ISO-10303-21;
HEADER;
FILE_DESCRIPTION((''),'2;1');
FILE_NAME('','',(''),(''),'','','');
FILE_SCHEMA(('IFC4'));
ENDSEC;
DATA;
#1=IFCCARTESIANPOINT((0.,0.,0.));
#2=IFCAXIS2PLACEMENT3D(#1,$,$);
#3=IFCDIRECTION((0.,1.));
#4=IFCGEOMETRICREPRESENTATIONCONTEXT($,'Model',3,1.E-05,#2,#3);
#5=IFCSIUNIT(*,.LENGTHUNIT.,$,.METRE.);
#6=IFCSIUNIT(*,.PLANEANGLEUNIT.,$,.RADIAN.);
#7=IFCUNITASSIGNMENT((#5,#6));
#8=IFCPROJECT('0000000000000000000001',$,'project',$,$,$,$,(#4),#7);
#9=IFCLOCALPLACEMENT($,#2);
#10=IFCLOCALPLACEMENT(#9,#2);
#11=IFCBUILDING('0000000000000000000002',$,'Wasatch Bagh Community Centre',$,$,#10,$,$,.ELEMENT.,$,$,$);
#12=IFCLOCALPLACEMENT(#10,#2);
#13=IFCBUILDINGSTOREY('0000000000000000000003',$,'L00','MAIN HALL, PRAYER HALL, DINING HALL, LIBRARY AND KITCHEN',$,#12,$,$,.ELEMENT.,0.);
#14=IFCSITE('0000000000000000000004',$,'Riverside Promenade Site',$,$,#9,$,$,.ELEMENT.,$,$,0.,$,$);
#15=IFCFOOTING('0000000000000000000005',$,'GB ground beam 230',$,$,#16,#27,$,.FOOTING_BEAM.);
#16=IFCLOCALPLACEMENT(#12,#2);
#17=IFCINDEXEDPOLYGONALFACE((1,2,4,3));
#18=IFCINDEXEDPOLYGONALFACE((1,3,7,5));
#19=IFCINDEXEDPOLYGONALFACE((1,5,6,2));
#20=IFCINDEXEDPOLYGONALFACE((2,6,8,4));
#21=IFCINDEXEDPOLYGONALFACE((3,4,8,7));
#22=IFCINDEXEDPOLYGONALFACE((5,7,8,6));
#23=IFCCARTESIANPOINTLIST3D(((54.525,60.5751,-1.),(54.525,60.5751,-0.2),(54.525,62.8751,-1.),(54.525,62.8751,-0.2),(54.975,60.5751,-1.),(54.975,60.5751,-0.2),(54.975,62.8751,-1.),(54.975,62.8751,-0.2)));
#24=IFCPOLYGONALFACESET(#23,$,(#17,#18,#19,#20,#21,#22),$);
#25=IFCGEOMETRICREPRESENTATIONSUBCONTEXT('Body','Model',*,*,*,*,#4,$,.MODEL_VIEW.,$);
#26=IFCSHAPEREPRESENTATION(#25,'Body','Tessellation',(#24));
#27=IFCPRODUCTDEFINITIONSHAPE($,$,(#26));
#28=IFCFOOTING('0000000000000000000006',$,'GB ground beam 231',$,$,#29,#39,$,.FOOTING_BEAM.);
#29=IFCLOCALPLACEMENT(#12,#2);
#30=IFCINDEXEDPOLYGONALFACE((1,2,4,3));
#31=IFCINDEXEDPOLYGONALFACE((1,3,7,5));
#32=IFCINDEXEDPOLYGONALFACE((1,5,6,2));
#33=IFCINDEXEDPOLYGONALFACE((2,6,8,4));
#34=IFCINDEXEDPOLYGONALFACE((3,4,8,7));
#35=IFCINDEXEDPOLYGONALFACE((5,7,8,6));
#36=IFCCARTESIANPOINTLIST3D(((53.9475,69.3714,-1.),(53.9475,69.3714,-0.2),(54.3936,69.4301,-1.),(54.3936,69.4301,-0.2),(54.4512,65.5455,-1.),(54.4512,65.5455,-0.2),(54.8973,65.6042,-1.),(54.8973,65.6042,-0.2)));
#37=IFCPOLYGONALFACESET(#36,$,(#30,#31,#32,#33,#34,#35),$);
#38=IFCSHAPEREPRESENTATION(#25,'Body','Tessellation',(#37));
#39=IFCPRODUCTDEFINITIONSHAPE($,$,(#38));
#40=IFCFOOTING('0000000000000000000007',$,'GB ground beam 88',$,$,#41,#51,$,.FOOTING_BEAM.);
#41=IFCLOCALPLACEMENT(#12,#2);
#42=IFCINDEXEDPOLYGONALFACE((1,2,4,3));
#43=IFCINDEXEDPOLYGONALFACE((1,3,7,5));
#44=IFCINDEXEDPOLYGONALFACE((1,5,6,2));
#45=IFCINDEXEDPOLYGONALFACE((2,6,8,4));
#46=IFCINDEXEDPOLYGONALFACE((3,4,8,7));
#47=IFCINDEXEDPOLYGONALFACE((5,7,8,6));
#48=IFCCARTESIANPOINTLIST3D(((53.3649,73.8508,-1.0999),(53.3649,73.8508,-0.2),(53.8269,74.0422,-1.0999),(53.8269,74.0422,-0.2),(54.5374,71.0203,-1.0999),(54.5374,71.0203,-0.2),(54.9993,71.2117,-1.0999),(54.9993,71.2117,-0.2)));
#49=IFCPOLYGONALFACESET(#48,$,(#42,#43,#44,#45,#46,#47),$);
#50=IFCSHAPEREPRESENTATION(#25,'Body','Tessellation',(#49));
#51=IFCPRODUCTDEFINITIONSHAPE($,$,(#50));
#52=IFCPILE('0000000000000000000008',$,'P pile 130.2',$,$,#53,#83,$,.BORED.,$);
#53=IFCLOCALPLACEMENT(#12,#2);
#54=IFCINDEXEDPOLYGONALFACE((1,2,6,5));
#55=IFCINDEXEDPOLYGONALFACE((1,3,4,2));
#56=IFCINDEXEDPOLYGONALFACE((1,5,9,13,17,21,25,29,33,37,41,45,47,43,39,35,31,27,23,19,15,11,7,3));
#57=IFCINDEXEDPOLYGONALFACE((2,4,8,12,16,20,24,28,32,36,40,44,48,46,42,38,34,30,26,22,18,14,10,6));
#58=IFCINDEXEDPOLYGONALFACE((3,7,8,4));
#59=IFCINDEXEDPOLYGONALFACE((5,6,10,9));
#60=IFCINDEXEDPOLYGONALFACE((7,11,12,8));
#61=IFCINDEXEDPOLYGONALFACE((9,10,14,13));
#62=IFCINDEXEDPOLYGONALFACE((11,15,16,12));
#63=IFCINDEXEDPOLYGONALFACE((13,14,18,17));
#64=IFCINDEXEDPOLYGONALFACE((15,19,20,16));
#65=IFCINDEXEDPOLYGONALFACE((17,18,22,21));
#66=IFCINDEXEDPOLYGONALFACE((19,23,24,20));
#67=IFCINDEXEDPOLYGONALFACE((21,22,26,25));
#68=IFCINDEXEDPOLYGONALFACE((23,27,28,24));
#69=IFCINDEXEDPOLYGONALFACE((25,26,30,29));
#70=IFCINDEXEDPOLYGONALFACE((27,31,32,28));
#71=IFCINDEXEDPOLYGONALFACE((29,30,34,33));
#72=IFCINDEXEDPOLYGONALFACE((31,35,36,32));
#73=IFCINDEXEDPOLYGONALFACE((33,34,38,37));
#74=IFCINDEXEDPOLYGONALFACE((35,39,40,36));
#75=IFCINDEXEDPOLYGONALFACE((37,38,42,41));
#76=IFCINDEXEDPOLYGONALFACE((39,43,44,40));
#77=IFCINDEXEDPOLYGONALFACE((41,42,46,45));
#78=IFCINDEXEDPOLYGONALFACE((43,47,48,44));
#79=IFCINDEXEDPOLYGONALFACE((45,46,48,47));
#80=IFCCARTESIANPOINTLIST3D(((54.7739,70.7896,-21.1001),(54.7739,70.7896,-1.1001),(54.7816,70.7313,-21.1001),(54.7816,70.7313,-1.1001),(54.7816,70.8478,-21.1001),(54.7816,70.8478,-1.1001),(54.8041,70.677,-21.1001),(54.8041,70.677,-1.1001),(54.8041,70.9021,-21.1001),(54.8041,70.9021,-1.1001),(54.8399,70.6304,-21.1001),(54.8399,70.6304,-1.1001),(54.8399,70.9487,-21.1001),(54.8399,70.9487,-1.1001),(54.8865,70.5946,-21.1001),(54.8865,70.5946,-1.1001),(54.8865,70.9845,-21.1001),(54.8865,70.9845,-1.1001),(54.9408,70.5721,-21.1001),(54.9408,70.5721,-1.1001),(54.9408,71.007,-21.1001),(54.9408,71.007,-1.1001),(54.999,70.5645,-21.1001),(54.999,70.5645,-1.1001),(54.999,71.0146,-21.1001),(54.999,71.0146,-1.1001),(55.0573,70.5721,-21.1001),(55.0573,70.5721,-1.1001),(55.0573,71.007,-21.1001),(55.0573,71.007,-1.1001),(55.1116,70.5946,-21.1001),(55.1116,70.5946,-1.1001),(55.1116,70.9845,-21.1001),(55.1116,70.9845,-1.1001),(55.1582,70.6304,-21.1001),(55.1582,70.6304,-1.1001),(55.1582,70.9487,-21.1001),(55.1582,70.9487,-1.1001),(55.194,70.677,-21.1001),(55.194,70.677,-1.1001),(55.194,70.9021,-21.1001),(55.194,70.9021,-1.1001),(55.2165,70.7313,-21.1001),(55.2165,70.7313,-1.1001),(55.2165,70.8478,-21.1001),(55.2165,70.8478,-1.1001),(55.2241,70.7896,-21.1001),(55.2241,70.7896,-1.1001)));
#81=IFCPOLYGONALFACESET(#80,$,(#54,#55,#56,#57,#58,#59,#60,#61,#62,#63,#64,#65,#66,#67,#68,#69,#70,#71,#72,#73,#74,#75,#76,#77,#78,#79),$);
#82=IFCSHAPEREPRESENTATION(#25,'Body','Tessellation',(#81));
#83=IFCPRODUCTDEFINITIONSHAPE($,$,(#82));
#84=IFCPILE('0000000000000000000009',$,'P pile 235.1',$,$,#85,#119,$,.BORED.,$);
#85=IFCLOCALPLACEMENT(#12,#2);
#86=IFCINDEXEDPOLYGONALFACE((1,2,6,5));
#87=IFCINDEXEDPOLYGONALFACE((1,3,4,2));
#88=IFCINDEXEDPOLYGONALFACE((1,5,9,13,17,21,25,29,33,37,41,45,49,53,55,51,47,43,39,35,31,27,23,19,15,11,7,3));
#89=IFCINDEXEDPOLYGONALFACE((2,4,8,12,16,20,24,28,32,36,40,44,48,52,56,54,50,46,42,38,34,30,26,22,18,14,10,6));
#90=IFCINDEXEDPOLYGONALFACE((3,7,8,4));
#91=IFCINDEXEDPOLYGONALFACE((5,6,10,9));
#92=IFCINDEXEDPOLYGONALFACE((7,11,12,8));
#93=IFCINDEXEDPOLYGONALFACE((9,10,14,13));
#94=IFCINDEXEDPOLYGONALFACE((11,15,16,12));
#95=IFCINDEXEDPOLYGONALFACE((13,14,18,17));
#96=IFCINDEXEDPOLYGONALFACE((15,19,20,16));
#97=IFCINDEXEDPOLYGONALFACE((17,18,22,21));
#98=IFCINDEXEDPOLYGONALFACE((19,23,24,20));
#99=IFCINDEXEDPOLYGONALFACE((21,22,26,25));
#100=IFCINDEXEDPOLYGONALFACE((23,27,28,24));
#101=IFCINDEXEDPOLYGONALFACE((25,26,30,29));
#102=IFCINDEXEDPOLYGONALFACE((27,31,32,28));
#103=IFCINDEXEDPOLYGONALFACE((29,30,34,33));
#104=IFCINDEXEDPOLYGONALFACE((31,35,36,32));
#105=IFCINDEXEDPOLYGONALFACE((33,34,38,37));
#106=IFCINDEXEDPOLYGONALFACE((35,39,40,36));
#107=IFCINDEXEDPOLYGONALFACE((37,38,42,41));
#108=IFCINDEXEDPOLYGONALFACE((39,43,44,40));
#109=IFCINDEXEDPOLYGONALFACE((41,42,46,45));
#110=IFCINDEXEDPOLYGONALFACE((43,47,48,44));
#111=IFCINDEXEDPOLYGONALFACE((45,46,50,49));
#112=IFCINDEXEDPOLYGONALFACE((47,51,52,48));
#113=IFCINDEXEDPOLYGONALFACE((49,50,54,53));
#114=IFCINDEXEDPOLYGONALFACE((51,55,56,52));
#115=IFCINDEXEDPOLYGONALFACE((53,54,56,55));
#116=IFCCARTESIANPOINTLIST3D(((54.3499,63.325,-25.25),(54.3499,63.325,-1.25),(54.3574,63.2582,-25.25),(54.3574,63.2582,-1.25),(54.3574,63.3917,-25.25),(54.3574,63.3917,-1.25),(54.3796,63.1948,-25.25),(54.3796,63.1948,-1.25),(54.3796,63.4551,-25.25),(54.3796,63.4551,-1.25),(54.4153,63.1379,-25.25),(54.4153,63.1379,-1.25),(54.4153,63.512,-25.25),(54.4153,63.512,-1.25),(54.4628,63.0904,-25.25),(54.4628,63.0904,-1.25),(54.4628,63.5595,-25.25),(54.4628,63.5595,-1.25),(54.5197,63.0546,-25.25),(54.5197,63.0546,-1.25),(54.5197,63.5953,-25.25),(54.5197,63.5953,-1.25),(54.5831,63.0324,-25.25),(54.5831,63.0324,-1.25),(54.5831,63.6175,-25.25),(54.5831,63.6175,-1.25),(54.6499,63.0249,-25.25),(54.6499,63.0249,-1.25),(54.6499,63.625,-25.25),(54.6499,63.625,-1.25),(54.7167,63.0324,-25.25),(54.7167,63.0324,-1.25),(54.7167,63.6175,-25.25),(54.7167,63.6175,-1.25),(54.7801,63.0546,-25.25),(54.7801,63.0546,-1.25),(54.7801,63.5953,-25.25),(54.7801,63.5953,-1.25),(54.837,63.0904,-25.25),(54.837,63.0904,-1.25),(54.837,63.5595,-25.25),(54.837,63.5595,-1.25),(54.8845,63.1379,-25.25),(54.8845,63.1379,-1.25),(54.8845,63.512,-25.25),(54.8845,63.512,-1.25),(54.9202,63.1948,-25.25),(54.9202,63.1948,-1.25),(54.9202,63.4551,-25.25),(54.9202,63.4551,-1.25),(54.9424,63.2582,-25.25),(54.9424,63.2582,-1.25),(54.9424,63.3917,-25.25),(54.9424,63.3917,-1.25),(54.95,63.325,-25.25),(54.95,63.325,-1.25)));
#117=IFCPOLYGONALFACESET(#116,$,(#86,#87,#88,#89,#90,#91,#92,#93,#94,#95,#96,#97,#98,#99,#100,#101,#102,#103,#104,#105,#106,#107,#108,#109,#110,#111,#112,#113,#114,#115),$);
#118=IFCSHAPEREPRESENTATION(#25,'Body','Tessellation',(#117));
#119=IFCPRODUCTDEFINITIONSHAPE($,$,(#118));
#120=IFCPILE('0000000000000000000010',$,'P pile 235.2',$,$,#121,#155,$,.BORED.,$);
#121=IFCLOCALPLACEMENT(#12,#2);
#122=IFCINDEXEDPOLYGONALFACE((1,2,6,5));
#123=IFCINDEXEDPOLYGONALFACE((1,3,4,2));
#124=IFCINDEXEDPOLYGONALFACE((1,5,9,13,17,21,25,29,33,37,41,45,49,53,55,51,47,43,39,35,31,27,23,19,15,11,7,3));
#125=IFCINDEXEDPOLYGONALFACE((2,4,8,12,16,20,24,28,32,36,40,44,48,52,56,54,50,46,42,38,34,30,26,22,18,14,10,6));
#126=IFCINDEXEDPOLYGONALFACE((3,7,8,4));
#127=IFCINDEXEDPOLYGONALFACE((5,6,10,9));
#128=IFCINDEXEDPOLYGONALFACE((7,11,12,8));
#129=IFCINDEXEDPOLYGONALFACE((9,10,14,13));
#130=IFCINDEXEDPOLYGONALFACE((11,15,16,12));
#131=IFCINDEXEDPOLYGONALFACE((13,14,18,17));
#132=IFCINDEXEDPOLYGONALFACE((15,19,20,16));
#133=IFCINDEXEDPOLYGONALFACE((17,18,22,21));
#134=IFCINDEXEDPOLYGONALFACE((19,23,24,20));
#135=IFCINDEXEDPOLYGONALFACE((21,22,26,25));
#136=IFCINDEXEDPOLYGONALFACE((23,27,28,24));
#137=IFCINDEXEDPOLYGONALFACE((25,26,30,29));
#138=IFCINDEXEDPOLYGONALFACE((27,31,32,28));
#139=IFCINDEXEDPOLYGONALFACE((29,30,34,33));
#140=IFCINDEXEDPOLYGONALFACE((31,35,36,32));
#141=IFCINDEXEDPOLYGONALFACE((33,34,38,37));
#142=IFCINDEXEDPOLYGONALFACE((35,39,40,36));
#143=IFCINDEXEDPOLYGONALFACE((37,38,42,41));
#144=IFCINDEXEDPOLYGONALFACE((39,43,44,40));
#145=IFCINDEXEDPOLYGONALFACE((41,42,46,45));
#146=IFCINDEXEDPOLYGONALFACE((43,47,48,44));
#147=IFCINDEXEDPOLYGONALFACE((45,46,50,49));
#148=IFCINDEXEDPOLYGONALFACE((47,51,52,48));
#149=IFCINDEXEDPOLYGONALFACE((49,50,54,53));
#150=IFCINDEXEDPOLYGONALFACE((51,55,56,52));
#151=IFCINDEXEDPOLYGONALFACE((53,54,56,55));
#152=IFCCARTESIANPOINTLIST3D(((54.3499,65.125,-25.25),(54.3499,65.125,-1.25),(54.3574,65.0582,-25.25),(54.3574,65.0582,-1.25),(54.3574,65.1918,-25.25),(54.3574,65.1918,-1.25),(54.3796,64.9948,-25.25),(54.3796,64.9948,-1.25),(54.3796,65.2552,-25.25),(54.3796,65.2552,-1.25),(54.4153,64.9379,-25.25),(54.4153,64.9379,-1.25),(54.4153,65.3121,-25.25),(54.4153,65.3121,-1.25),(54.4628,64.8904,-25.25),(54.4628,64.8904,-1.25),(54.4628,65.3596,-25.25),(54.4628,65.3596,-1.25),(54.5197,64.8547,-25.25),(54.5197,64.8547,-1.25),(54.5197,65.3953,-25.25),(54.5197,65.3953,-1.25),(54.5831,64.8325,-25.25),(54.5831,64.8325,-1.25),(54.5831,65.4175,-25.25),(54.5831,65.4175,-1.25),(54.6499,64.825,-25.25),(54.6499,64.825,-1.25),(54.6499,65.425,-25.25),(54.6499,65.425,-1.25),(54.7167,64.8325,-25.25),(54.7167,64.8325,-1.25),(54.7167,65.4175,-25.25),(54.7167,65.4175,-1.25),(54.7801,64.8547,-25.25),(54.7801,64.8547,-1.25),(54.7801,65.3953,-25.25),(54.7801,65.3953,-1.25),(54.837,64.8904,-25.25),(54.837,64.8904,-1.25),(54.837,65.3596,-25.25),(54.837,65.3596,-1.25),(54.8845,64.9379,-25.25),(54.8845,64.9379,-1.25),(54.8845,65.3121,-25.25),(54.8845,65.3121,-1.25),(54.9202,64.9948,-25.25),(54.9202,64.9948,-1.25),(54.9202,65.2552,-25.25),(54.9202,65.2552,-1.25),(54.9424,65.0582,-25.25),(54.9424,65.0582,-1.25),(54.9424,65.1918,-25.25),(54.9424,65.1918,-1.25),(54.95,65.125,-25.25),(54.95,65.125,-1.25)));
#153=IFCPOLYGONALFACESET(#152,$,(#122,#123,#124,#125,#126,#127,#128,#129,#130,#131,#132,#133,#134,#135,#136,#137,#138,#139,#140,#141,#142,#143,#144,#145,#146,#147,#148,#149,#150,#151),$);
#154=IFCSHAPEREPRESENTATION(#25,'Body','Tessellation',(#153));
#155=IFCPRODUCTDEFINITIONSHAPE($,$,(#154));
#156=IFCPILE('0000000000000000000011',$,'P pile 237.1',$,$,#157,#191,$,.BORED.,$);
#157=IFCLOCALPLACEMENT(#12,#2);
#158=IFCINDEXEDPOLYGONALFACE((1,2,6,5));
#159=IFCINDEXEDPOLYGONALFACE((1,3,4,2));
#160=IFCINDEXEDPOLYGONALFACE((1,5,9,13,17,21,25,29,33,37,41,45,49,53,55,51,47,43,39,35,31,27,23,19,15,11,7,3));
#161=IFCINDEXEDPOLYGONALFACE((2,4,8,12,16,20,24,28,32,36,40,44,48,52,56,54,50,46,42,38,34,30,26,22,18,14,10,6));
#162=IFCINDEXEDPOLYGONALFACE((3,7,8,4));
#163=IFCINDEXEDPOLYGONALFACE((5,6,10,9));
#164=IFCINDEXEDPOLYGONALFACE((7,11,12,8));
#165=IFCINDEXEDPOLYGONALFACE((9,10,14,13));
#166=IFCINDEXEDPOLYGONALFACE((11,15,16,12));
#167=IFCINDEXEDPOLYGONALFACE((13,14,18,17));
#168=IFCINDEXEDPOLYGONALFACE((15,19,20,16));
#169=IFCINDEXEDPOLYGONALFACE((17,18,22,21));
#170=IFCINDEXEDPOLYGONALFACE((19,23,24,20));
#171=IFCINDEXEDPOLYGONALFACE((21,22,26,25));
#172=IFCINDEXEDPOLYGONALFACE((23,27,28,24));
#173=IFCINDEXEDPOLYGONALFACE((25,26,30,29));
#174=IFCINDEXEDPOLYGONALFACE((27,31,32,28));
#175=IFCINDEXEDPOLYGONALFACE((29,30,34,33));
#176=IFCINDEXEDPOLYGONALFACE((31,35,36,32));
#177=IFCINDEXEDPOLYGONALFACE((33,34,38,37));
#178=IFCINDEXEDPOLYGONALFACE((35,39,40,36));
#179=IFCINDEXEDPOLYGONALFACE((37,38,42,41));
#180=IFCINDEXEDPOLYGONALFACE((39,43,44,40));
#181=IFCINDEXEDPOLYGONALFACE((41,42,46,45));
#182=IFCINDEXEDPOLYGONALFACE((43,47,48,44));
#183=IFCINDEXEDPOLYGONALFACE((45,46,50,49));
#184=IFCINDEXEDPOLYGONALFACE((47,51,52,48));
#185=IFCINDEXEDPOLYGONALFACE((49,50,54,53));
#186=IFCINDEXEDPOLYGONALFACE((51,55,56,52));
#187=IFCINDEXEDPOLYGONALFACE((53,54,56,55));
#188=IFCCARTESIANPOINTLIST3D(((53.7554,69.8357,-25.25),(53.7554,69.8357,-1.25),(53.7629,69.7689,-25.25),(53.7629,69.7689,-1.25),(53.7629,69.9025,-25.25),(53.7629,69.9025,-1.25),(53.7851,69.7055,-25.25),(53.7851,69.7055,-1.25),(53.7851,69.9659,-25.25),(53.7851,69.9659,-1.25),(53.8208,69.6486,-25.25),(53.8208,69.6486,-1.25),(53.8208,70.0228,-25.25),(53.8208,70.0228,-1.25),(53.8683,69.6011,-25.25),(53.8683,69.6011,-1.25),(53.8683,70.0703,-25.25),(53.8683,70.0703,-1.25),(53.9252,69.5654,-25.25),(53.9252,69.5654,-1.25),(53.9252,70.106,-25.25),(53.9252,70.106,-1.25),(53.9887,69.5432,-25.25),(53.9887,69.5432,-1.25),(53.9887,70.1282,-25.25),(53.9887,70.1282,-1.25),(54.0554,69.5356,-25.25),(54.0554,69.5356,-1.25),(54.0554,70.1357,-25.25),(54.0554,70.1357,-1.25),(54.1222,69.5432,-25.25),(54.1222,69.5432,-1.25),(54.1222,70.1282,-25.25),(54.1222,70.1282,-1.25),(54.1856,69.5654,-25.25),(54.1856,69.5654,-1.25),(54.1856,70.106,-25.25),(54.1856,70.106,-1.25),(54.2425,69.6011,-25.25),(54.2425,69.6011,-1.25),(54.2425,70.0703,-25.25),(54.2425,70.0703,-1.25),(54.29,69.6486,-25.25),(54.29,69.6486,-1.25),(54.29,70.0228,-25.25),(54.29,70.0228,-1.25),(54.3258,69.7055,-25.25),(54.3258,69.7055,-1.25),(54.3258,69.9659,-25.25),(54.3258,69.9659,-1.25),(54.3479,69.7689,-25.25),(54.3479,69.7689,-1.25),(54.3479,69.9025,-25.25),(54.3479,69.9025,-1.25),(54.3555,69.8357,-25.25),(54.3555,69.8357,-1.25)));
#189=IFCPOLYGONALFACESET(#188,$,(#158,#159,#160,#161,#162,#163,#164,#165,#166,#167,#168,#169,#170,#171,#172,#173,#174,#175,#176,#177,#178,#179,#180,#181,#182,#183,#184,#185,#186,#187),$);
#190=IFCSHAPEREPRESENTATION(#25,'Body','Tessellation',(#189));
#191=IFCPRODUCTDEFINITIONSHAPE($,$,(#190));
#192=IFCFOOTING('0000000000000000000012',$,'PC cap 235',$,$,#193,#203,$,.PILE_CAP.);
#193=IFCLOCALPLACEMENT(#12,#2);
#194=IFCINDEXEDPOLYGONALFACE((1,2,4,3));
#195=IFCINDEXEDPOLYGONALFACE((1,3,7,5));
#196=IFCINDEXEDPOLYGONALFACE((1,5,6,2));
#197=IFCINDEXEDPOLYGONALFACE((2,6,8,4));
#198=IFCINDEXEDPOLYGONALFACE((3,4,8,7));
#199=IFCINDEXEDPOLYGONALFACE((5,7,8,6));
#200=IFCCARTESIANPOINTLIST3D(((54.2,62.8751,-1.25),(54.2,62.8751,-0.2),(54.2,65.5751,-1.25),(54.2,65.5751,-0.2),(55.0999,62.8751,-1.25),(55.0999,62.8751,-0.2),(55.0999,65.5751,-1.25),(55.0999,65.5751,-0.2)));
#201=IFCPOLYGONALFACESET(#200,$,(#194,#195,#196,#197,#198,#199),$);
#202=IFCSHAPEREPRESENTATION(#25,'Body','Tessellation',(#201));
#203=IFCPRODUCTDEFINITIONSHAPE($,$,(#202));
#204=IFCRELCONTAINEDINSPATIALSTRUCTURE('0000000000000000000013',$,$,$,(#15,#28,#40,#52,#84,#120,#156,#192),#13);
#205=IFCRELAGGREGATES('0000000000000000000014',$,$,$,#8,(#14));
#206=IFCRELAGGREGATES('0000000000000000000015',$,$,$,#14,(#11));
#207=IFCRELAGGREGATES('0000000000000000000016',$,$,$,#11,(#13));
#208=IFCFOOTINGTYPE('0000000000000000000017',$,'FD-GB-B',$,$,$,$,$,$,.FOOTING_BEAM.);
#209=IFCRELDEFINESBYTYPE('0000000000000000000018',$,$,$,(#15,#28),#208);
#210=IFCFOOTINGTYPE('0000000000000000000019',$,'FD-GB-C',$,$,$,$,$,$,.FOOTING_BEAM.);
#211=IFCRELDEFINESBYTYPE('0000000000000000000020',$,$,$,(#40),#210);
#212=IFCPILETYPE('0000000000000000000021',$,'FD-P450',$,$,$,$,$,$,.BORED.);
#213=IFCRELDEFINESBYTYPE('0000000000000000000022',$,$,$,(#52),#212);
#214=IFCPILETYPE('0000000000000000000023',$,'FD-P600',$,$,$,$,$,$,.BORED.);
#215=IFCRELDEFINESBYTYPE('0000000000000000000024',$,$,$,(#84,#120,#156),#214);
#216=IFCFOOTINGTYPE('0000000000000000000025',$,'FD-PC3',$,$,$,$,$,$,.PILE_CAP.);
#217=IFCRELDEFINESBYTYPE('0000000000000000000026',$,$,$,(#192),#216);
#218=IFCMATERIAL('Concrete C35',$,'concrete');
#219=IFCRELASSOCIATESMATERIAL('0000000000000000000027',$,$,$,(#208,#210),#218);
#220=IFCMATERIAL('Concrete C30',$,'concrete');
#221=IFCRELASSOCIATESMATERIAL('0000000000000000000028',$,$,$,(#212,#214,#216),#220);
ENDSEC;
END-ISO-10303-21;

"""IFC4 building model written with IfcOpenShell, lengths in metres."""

from ifc_helpers import new_model, si_unit, direction, frame, origin, origin_2d, place, context, subcontext, project, spatial, rectangle, circle, extrude, material, material_profile, profile_set, type_object, element, save


model = new_model("IFC4")

# Units and contexts
model_context = context("Model", 3, precision=1e-05, world=origin(), true_north=direction((0.0, 1.0)))
body_context = subcontext(model_context, "Body", "Model", "MODEL_VIEW")
ifc_project = project(units=[si_unit("LENGTHUNIT", "METRE"), si_unit("PLANEANGLEUNIT", "RADIAN")], contexts=[model_context])

# Site, building, storey
site_placement = place(None, origin())
site = spatial("IfcSite", under=ifc_project, at=site_placement, Name="Riverside Promenade Site", CompositionType="ELEMENT", RefElevation=0.0)
building_placement = place(site_placement, origin())
building = spatial("IfcBuilding", under=site, at=building_placement, Name="Wasatch Bagh Community Centre", CompositionType="ELEMENT")
storey_placement = place(building_placement, origin())
storey = spatial("IfcBuildingStorey", under=building, at=storey_placement, Name="L00", Description="MAIN HALL, PRAYER HALL, DINING HALL, LIBRARY AND KITCHEN", CompositionType="ELEMENT", Elevation=0.0)

# Footings
ifc_material_1 = material(Name="Concrete C35", Category="concrete")
footing_type_1 = type_object("IfcFootingType", Name="FD-GB-B", PredefinedType="FOOTING_BEAM", material=ifc_material_1)
footing_1_placement = place(storey_placement, frame((54.75, 61.7251, -1.0), z_axis=(0.0, 0.0, 1.0), x_axis=(0.0, 1.0, 0.0)))
element("IfcFooting", 1, at=footing_1_placement, inside=storey, type_object=footing_type_1, Name="GB ground beam 230", PredefinedType="FOOTING_BEAM", context=body_context, shape_type="SweptSolid", body=[
    extrude(rectangle(XDim=2.3, YDim=0.45, at=origin_2d()), origin(), (0.0, 0.0, 1.0), 0.8),
])
footing_2_placement = place(storey_placement, frame((54.4224, 67.4878, -1.0), z_axis=(0.0, 0.0, 1.0), x_axis=(-0.130526, 0.991445, 0.0)))
element("IfcFooting", 2, at=footing_2_placement, inside=storey, type_object=footing_type_1, Name="GB ground beam 231", PredefinedType="FOOTING_BEAM", context=body_context, shape_type="SweptSolid", body=[
    extrude(rectangle(XDim=3.8589, YDim=0.45, at=origin_2d()), origin(), (0.0, 0.0, 1.0), 0.8),
])
footing_type_2 = type_object("IfcFootingType", Name="FD-GB-C", PredefinedType="FOOTING_BEAM", material=ifc_material_1)
footing_3_placement = place(storey_placement, frame((54.1821, 72.5312, -1.0999), z_axis=(0.0, 0.0, 1.0), x_axis=(-0.382683, 0.92388, 0.0)))
element("IfcFooting", 3, at=footing_3_placement, inside=storey, type_object=footing_type_2, Name="GB ground beam 88", PredefinedType="FOOTING_BEAM", context=body_context, shape_type="SweptSolid", body=[
    extrude(rectangle(XDim=3.0637, YDim=0.5, at=origin_2d()), origin(), (0.0, 0.0, 1.0), 0.8999),
])

# Piles
ifc_material_2 = material(Name="Concrete C30", Category="concrete")
ifc_material_profile_1 = material_profile(ifc_material_2, circle(Radius=0.2251, at=origin_2d()), Name="RC D450")
ifc_profile_set_1 = profile_set([ifc_material_profile_1], Name="Concrete C30")
pile_type_1 = type_object("IfcPileType", Name="FD-P450", PredefinedType="BORED", material=ifc_profile_set_1)
pile_placement = place(storey_placement, frame((54.999, 70.7896, -1.1001), z_axis=(0.0, 0.0, -1.0), x_axis=(1.0, 0.0, 0.0)))
element("IfcPile", 4, at=pile_placement, inside=storey, type_object=pile_type_1, Name="P pile 130.2", PredefinedType="BORED", context=body_context, shape_type="SweptSolid", body=[
    extrude(circle(Radius=0.2251, at=origin_2d()), origin(), (0.0, 0.0, 1.0), 20.0),
])
ifc_material_profile_2 = material_profile(ifc_material_2, circle(Radius=0.3, at=origin_2d()), Name="RC D600")
ifc_profile_set_2 = profile_set([ifc_material_profile_2], Name="Concrete C30")
pile_type_2 = type_object("IfcPileType", Name="FD-P600", PredefinedType="BORED", material=ifc_profile_set_2)
for number, where, z_axis, x_axis, name in (
    (5, (54.6499, 63.325, -1.25), (0.0, 0.0, -1.0), (1.0, 0.0, 0.0), "P pile 235.1"),
    (6, (54.6499, 65.125, -1.25), (0.0, 0.0, -1.0), (1.0, 0.0, 0.0), "P pile 235.2"),
    (7, (54.0554, 69.8357, -1.25), (0.0, 0.0, -1.0), (1.0, 0.0, 0.0), "P pile 237.1"),
):
    element("IfcPile", number, at=place(storey_placement, frame(where, z_axis=z_axis, x_axis=x_axis)), inside=storey, type_object=pile_type_2, Name=name, PredefinedType="BORED", context=body_context, shape_type="SweptSolid", body=[
        extrude(circle(Radius=0.3, at=origin_2d()), origin(), (0.0, 0.0, 1.0), 24.0),
    ])

# Footing
footing_type_3 = type_object("IfcFootingType", Name="FD-PC3", PredefinedType="PILE_CAP", material=ifc_material_2)
footing_4_placement = place(storey_placement, frame((54.6499, 64.2251, -1.25), z_axis=(0.0, 0.0, 1.0), x_axis=(0.0, 1.0, 0.0)))
element("IfcFooting", 8, at=footing_4_placement, inside=storey, type_object=footing_type_3, Name="PC cap 235", PredefinedType="PILE_CAP", context=body_context, shape_type="SweptSolid", body=[
    extrude(rectangle(XDim=2.7, YDim=0.8999, at=origin_2d()), origin(), (0.0, 0.0, 1.0), 1.05),
])

save(model, "model.ifc")
